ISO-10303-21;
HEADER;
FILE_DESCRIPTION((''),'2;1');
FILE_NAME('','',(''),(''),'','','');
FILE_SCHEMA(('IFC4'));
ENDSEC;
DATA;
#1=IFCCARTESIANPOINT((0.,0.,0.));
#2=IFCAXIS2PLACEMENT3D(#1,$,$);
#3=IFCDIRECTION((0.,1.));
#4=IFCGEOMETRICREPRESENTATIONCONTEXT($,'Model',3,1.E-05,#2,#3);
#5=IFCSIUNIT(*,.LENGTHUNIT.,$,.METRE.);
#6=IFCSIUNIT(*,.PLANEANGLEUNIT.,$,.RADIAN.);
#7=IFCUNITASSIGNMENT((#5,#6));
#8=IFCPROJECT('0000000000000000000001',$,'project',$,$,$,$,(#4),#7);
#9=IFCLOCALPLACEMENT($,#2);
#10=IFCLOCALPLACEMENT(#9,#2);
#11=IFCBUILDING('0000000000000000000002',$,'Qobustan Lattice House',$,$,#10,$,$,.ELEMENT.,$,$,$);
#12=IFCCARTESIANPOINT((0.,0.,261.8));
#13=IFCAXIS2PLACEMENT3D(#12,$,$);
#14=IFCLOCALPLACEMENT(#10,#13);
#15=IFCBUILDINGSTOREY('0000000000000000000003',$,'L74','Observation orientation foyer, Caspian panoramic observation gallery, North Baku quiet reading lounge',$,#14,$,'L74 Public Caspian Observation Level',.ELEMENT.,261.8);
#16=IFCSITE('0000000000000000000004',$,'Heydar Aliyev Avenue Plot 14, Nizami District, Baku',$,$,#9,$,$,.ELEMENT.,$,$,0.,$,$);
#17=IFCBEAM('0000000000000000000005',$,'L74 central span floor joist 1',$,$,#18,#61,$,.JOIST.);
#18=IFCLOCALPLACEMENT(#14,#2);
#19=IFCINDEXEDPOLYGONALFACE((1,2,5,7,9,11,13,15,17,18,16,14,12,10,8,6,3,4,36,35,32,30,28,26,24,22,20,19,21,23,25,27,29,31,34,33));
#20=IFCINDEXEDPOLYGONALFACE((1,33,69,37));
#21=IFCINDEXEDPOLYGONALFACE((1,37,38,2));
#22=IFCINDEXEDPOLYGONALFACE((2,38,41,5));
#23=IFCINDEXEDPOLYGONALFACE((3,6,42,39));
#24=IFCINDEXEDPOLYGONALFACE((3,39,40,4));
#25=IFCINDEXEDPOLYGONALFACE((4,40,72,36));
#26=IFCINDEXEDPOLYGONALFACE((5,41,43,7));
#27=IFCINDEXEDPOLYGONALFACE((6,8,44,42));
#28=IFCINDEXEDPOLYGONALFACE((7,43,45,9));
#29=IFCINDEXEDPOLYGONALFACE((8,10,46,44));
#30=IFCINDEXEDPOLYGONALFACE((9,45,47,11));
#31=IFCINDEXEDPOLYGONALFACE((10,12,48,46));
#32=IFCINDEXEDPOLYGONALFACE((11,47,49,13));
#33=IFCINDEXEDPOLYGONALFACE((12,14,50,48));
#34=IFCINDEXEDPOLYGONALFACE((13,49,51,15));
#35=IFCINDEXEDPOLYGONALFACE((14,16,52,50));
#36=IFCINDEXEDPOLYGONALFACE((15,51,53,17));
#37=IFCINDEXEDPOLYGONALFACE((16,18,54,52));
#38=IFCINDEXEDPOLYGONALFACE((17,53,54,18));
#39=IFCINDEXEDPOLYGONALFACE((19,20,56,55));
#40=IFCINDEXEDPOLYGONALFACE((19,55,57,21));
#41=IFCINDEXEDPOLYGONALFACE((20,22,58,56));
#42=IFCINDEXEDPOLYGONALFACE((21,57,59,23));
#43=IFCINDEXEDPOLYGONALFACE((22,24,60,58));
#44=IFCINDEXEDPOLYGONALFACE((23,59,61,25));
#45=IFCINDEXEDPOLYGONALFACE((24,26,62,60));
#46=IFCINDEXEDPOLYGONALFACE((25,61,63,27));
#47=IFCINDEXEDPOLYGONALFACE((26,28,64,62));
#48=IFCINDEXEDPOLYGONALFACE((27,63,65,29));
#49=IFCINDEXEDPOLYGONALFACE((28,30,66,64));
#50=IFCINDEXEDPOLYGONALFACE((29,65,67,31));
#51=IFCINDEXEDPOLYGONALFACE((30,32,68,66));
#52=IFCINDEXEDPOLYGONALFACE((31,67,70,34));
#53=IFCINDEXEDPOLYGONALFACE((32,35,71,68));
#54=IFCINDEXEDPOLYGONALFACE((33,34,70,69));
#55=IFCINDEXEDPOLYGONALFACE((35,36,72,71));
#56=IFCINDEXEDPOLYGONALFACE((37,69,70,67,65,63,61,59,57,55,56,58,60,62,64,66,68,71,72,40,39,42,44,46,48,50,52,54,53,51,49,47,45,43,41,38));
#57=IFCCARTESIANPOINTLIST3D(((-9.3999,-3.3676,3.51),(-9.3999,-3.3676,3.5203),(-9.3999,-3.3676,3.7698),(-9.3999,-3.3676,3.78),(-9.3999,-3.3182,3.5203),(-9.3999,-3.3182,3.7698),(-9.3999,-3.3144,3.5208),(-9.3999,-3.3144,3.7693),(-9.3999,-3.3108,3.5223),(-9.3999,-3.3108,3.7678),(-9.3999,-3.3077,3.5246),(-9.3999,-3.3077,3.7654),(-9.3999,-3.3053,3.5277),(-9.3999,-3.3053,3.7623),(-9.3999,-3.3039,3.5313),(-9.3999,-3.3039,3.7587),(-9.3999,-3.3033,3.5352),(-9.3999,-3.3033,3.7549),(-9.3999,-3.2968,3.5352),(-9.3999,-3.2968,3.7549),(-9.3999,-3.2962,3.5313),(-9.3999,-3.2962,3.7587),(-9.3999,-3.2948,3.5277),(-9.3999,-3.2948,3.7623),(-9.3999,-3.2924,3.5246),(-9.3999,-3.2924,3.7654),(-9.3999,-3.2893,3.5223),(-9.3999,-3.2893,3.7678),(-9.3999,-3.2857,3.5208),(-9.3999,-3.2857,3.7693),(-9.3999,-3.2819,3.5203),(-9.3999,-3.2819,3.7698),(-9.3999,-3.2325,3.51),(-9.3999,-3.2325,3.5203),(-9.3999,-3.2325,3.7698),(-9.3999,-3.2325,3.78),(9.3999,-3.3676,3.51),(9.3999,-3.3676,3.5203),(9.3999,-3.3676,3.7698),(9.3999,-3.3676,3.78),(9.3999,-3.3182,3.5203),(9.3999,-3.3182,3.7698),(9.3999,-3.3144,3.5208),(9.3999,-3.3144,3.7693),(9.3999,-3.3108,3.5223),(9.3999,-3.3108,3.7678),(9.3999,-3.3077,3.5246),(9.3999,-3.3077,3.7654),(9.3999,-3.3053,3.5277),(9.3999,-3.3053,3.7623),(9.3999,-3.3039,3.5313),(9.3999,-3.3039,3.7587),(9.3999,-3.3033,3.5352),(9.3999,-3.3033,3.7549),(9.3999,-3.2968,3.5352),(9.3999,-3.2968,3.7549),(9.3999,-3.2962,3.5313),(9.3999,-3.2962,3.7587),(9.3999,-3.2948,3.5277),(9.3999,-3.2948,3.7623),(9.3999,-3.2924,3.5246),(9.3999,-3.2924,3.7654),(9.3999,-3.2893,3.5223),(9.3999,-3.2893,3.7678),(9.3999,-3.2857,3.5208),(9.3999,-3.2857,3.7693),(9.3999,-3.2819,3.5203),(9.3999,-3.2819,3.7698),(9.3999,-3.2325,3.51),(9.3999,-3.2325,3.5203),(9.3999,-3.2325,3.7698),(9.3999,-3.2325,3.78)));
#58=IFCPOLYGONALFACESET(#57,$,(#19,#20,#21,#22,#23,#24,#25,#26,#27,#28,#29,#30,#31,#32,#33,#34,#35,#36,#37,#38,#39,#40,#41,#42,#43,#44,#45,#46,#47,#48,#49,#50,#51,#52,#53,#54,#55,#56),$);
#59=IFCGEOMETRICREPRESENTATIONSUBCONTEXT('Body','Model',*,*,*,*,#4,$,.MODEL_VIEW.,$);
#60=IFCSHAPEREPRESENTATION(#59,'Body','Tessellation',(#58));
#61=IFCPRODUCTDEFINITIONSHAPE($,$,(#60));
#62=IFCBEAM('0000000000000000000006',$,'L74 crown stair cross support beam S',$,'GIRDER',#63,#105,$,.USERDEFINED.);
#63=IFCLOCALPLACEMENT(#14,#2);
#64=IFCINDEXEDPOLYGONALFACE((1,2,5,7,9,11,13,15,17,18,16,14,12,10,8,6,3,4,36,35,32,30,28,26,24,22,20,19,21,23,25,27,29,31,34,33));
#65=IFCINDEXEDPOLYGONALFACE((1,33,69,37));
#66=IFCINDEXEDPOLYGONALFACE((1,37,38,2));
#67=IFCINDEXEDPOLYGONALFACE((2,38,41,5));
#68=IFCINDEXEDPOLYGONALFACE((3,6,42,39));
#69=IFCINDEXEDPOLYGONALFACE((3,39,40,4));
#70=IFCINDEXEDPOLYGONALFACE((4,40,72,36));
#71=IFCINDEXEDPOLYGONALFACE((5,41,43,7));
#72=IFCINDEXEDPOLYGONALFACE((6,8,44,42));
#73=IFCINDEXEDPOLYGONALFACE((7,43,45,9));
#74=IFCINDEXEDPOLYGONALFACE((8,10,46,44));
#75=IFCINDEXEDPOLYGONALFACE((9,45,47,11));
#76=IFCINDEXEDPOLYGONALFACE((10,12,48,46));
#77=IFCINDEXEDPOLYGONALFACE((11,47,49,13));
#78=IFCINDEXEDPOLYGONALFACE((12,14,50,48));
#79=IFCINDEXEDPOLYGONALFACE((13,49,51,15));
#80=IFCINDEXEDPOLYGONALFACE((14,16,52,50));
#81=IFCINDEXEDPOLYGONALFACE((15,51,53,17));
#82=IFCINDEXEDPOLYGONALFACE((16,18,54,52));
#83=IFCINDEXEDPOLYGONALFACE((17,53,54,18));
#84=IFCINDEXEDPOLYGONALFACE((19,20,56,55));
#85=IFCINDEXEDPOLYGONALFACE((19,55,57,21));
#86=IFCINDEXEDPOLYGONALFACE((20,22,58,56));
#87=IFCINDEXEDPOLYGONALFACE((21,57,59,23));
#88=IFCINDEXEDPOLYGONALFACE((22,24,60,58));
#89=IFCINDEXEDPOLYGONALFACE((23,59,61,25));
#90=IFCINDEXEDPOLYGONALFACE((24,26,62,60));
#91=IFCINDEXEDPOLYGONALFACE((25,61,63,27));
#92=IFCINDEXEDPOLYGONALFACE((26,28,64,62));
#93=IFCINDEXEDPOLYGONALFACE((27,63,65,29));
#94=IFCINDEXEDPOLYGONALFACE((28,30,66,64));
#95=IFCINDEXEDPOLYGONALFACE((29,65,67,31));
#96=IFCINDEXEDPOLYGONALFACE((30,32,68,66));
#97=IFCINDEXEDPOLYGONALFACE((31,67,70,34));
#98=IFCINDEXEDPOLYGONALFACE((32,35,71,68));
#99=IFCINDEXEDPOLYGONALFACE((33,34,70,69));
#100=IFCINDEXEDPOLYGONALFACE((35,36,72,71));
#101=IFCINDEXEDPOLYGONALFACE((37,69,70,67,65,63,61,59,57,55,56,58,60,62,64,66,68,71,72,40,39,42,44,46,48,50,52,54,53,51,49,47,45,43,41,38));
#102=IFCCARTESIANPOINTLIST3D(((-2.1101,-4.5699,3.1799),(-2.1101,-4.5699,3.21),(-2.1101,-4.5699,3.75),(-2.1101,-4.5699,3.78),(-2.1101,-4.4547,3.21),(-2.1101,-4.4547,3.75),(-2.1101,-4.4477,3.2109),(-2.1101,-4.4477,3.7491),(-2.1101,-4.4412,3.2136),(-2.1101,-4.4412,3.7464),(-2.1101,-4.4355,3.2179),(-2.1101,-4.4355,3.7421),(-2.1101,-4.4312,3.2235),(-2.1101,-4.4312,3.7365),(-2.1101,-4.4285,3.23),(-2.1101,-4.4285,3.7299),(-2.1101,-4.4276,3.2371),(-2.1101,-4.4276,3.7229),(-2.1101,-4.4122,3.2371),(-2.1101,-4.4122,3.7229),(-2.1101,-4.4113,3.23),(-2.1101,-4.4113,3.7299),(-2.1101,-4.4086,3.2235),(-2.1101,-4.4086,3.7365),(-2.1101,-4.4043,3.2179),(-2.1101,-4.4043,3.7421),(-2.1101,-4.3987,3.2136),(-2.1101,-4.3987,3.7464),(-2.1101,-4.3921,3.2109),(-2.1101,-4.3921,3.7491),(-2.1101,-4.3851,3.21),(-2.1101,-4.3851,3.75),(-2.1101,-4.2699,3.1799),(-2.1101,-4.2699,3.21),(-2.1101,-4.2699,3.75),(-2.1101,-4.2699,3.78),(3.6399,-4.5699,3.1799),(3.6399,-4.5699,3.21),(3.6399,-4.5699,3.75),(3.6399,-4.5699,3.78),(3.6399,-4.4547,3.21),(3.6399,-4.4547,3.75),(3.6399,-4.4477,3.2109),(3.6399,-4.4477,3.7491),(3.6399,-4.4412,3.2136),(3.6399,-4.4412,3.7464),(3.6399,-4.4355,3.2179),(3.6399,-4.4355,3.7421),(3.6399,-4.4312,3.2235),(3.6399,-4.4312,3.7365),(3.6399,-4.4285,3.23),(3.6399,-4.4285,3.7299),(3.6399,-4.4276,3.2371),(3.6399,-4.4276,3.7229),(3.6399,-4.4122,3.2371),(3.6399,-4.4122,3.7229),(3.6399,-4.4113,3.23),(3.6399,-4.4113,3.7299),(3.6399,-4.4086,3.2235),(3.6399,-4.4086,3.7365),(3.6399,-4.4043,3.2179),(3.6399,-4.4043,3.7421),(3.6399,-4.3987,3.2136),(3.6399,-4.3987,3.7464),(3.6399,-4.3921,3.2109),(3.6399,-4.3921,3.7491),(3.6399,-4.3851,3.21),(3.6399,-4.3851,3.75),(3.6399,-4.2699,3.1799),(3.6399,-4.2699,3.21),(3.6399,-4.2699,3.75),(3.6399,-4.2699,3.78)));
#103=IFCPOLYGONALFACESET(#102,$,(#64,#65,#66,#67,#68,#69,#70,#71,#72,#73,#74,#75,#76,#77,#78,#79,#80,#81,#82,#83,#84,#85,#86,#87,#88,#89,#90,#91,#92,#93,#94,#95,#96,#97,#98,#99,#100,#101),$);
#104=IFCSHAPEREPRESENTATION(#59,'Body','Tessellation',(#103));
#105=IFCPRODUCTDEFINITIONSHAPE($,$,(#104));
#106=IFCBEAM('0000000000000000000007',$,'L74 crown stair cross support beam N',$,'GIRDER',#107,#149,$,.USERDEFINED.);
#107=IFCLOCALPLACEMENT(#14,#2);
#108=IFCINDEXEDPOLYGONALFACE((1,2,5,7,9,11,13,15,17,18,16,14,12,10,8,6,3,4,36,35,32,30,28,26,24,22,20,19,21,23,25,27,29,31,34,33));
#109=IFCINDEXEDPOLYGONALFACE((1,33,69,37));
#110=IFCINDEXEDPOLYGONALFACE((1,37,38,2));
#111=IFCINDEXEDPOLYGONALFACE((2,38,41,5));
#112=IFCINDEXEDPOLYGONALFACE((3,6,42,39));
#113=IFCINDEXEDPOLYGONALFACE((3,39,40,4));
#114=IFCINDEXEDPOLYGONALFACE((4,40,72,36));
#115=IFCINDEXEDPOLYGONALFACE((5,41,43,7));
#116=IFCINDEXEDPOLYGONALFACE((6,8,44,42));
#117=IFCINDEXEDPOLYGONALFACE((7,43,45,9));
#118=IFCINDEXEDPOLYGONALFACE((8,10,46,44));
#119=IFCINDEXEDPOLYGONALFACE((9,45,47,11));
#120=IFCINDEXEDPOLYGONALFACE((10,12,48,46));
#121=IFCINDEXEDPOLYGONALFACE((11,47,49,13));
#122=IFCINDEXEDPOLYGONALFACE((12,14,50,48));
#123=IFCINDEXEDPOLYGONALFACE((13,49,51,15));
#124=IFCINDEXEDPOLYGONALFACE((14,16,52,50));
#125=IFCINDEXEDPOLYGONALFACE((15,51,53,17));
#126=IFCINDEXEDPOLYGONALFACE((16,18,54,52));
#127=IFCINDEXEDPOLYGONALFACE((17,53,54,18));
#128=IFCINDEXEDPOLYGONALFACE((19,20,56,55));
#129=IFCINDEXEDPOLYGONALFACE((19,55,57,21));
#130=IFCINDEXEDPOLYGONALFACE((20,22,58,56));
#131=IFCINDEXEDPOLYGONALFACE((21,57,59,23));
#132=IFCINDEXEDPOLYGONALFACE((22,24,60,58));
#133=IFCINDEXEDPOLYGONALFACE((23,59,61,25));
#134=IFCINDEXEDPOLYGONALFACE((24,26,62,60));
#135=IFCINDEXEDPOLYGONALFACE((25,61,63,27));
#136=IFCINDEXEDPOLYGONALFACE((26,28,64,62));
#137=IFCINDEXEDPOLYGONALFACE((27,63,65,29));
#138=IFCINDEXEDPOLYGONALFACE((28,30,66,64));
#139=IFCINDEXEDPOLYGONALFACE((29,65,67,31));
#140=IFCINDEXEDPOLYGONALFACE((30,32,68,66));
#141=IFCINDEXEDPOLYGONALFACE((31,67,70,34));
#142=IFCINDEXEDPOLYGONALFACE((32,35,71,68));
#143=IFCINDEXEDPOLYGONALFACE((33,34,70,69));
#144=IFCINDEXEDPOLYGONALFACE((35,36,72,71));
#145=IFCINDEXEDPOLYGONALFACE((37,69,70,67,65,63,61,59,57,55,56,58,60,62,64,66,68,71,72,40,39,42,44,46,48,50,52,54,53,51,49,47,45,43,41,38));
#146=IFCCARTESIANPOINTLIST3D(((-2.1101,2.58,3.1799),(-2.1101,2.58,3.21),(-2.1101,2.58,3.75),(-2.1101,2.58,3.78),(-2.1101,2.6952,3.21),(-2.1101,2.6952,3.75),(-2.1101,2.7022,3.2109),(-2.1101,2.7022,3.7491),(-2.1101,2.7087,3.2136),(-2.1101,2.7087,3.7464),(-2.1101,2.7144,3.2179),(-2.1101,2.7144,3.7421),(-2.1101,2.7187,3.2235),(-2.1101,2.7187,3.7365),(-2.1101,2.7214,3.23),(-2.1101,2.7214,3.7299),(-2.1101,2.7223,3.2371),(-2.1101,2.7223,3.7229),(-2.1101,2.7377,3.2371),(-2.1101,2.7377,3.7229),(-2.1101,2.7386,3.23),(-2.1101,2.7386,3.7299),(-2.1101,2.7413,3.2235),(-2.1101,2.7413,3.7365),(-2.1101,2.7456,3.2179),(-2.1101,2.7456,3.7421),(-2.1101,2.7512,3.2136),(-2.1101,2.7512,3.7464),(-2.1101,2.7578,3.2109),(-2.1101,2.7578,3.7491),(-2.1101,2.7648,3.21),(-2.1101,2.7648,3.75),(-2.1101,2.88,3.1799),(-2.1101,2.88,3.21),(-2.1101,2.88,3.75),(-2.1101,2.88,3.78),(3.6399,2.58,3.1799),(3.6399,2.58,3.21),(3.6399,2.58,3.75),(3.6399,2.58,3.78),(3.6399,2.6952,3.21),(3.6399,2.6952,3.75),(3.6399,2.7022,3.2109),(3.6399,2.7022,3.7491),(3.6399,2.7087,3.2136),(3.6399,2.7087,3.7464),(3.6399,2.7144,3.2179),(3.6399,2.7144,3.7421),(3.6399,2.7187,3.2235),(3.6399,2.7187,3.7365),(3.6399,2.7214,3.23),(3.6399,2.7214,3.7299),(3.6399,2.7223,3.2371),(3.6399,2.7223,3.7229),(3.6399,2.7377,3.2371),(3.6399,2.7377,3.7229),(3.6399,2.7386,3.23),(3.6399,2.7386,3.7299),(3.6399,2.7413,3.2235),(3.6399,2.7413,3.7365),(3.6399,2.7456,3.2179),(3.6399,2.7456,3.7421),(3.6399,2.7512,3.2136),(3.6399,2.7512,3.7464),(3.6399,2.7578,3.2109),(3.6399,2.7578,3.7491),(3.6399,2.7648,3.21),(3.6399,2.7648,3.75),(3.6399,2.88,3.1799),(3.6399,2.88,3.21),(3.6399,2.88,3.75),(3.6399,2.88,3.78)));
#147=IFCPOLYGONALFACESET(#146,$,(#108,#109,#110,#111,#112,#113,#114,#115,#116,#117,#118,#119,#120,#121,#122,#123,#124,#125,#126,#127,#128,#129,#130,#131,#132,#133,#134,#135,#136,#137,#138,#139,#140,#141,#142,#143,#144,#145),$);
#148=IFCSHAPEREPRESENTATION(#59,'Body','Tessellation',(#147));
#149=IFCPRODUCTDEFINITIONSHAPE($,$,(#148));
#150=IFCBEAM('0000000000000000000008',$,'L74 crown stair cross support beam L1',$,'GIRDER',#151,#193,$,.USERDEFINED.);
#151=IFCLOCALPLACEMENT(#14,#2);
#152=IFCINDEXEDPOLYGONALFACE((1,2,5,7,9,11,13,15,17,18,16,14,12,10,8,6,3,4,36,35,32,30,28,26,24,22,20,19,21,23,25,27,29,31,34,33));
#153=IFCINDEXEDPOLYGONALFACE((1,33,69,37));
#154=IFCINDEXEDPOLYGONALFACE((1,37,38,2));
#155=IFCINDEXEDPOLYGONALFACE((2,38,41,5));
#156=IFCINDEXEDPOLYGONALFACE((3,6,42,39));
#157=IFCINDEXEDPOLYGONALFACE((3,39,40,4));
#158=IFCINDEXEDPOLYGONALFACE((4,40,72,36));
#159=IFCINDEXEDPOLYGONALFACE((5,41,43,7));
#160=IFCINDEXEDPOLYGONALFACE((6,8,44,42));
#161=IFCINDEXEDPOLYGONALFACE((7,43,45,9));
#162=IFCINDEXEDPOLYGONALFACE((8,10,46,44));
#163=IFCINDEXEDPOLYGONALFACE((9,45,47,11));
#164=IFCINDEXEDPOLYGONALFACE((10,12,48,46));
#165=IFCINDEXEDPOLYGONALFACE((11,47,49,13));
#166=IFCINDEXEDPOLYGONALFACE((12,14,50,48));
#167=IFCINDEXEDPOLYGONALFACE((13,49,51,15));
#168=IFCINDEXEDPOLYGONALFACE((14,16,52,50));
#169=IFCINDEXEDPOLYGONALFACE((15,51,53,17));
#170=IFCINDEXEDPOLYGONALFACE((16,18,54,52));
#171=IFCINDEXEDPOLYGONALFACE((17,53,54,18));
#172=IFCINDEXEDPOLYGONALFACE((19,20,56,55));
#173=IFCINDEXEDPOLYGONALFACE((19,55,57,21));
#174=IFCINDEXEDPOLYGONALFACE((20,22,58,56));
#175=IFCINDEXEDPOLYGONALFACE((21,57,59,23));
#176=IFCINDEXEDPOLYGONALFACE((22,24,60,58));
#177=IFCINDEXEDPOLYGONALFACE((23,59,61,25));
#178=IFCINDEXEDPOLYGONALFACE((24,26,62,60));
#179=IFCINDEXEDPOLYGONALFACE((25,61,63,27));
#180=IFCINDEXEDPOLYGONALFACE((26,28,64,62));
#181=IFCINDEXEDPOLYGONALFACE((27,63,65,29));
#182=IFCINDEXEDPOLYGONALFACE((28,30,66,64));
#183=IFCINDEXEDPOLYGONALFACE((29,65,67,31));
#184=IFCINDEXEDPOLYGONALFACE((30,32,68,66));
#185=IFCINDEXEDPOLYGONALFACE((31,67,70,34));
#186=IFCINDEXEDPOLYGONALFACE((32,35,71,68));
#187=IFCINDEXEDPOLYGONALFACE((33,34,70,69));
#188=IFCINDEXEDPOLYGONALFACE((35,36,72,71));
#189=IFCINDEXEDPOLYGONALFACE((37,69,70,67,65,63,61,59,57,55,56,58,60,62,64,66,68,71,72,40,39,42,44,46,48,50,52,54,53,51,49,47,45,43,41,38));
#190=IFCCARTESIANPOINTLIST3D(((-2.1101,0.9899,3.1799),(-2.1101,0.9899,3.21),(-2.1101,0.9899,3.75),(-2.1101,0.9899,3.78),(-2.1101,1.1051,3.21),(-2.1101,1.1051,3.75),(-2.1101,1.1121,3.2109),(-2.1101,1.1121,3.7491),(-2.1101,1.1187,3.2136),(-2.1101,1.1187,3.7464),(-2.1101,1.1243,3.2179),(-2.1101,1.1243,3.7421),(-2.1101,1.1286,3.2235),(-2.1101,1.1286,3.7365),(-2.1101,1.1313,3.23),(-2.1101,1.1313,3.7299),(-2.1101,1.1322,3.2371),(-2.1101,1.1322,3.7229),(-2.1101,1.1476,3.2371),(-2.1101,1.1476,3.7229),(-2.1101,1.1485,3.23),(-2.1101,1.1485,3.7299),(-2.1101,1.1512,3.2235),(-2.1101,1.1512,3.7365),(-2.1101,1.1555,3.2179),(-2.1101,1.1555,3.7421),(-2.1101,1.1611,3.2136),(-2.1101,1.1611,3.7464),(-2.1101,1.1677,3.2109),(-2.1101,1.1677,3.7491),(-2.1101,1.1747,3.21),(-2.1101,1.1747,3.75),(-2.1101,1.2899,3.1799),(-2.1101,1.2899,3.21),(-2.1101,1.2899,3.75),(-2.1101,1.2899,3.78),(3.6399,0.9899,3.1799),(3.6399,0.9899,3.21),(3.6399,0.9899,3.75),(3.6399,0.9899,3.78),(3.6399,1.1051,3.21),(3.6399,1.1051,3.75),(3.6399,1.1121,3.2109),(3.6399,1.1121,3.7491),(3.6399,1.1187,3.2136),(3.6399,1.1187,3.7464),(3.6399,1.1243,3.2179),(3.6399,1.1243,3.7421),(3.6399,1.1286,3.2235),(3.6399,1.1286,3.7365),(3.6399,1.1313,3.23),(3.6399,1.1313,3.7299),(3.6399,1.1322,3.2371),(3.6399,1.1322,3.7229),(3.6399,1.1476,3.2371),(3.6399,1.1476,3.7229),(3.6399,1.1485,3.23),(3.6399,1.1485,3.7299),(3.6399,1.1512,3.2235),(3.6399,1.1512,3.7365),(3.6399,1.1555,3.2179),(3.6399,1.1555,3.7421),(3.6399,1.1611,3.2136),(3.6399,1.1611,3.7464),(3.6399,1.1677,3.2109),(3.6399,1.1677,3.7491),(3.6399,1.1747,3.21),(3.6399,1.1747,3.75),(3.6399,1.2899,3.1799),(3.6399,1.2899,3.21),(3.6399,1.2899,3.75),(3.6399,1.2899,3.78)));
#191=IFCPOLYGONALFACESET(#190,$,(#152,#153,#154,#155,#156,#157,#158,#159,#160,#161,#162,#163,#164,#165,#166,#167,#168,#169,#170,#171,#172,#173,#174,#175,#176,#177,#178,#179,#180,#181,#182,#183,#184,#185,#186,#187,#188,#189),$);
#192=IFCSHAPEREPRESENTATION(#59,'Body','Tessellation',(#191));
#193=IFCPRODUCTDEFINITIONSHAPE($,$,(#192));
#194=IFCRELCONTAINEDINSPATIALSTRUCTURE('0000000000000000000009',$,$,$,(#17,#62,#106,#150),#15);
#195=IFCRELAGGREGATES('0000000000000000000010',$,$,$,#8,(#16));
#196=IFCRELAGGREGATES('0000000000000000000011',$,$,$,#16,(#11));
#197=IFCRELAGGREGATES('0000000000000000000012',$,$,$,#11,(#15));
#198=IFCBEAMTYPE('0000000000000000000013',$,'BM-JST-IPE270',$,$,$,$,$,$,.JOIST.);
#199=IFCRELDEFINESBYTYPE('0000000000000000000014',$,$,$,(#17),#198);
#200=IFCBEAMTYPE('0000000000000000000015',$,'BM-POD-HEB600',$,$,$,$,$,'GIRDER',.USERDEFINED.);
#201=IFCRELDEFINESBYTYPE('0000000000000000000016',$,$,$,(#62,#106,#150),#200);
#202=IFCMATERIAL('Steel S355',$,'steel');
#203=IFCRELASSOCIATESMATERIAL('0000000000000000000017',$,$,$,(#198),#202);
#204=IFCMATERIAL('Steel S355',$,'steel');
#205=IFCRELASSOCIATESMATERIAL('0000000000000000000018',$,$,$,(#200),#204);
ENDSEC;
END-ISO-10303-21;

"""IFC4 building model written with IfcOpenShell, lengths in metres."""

from ifc_helpers import new_model, si_unit, direction, frame, origin, origin_2d, place, context, subcontext, project, spatial, i_section, extrude, material, material_profile, profile_set, type_object, element, save


model = new_model("IFC4")

# Units and contexts
model_context = context("Model", 3, precision=1e-05, world=origin(), true_north=direction((0.0, 1.0)))
body_context = subcontext(model_context, "Body", "Model", "MODEL_VIEW")
ifc_project = project(units=[si_unit("LENGTHUNIT", "METRE"), si_unit("PLANEANGLEUNIT", "RADIAN")], contexts=[model_context])

# Site, building, storey
site_placement = place(None, origin())
site = spatial("IfcSite", under=ifc_project, at=site_placement, Name="Heydar Aliyev Avenue Plot 14, Nizami District, Baku", CompositionType="ELEMENT", RefElevation=0.0)
building_placement = place(site_placement, origin())
building = spatial("IfcBuilding", under=site, at=building_placement, Name="Qobustan Lattice House", CompositionType="ELEMENT")
storey_placement = place(building_placement, frame((0.0, 0.0, 261.8)))
storey = spatial("IfcBuildingStorey", under=building, at=storey_placement, Name="L74", Description="Observation orientation foyer, Caspian panoramic observation gallery, North Baku quiet reading lounge", LongName="L74 Public Caspian Observation Level", CompositionType="ELEMENT", Elevation=261.8)

# Beams
ifc_material_1 = material(Name="Steel S355", Category="steel")
ifc_material_profile_1 = material_profile(ifc_material_1, i_section(OverallWidth=0.135, OverallDepth=0.27, WebThickness=0.0066, FlangeThickness=0.0103, FilletRadius=0.0149, at=origin_2d()), Name="IPE270")
ifc_profile_set_1 = profile_set([ifc_material_profile_1], Name="Steel S355")
beam_type_1 = type_object("IfcBeamType", Name="BM-JST-IPE270", PredefinedType="JOIST", material=ifc_profile_set_1)
beam_placement = place(storey_placement, frame((-9.3999, -3.3, 3.645), z_axis=(1.0, 0.0, 0.0), x_axis=(0.0, 1.0, 0.0)))
element("IfcBeam", 1, at=beam_placement, inside=storey, type_object=beam_type_1, Name="L74 central span floor joist 1", PredefinedType="JOIST", context=body_context, shape_type="SweptSolid", body=[
    extrude(i_section(OverallWidth=0.135, OverallDepth=0.27, WebThickness=0.0066, FlangeThickness=0.0103, FilletRadius=0.0149, at=origin_2d()), origin(), (0.0, 0.0, 1.0), 18.7998),
])
ifc_material_2 = material(Name="Steel S355", Category="steel")
ifc_material_profile_2 = material_profile(ifc_material_2, i_section(OverallWidth=0.3, OverallDepth=0.6001, WebThickness=0.0154, FlangeThickness=0.03, FilletRadius=0.0271, at=origin_2d()), Name="HEB600")
ifc_profile_set_2 = profile_set([ifc_material_profile_2], Name="Steel S355")
beam_type_2 = type_object("IfcBeamType", Name="BM-POD-HEB600", ElementType="GIRDER", PredefinedType="USERDEFINED", material=ifc_profile_set_2)
for number, where, z_axis, x_axis, name in (
    (2, (-2.1101, -4.4199, 3.48), (1.0, 0.0, 0.0), (0.0, 1.0, 0.0), "L74 crown stair cross support beam S"),
    (3, (-2.1101, 2.73, 3.48), (1.0, 0.0, 0.0), (0.0, 1.0, 0.0), "L74 crown stair cross support beam N"),
    (4, (-2.1101, 1.1399, 3.48), (1.0, 0.0, 0.0), (0.0, 1.0, 0.0), "L74 crown stair cross support beam L1"),
):
    element("IfcBeam", number, at=place(storey_placement, frame(where, z_axis=z_axis, x_axis=x_axis)), inside=storey, type_object=beam_type_2, Name=name, ObjectType="GIRDER", PredefinedType="USERDEFINED", context=body_context, shape_type="SweptSolid", body=[
        extrude(i_section(OverallWidth=0.3, OverallDepth=0.6001, WebThickness=0.0154, FlangeThickness=0.03, FilletRadius=0.0271, at=origin_2d()), origin(), (0.0, 0.0, 1.0), 5.75),
    ])

save(model, "model.ifc")
